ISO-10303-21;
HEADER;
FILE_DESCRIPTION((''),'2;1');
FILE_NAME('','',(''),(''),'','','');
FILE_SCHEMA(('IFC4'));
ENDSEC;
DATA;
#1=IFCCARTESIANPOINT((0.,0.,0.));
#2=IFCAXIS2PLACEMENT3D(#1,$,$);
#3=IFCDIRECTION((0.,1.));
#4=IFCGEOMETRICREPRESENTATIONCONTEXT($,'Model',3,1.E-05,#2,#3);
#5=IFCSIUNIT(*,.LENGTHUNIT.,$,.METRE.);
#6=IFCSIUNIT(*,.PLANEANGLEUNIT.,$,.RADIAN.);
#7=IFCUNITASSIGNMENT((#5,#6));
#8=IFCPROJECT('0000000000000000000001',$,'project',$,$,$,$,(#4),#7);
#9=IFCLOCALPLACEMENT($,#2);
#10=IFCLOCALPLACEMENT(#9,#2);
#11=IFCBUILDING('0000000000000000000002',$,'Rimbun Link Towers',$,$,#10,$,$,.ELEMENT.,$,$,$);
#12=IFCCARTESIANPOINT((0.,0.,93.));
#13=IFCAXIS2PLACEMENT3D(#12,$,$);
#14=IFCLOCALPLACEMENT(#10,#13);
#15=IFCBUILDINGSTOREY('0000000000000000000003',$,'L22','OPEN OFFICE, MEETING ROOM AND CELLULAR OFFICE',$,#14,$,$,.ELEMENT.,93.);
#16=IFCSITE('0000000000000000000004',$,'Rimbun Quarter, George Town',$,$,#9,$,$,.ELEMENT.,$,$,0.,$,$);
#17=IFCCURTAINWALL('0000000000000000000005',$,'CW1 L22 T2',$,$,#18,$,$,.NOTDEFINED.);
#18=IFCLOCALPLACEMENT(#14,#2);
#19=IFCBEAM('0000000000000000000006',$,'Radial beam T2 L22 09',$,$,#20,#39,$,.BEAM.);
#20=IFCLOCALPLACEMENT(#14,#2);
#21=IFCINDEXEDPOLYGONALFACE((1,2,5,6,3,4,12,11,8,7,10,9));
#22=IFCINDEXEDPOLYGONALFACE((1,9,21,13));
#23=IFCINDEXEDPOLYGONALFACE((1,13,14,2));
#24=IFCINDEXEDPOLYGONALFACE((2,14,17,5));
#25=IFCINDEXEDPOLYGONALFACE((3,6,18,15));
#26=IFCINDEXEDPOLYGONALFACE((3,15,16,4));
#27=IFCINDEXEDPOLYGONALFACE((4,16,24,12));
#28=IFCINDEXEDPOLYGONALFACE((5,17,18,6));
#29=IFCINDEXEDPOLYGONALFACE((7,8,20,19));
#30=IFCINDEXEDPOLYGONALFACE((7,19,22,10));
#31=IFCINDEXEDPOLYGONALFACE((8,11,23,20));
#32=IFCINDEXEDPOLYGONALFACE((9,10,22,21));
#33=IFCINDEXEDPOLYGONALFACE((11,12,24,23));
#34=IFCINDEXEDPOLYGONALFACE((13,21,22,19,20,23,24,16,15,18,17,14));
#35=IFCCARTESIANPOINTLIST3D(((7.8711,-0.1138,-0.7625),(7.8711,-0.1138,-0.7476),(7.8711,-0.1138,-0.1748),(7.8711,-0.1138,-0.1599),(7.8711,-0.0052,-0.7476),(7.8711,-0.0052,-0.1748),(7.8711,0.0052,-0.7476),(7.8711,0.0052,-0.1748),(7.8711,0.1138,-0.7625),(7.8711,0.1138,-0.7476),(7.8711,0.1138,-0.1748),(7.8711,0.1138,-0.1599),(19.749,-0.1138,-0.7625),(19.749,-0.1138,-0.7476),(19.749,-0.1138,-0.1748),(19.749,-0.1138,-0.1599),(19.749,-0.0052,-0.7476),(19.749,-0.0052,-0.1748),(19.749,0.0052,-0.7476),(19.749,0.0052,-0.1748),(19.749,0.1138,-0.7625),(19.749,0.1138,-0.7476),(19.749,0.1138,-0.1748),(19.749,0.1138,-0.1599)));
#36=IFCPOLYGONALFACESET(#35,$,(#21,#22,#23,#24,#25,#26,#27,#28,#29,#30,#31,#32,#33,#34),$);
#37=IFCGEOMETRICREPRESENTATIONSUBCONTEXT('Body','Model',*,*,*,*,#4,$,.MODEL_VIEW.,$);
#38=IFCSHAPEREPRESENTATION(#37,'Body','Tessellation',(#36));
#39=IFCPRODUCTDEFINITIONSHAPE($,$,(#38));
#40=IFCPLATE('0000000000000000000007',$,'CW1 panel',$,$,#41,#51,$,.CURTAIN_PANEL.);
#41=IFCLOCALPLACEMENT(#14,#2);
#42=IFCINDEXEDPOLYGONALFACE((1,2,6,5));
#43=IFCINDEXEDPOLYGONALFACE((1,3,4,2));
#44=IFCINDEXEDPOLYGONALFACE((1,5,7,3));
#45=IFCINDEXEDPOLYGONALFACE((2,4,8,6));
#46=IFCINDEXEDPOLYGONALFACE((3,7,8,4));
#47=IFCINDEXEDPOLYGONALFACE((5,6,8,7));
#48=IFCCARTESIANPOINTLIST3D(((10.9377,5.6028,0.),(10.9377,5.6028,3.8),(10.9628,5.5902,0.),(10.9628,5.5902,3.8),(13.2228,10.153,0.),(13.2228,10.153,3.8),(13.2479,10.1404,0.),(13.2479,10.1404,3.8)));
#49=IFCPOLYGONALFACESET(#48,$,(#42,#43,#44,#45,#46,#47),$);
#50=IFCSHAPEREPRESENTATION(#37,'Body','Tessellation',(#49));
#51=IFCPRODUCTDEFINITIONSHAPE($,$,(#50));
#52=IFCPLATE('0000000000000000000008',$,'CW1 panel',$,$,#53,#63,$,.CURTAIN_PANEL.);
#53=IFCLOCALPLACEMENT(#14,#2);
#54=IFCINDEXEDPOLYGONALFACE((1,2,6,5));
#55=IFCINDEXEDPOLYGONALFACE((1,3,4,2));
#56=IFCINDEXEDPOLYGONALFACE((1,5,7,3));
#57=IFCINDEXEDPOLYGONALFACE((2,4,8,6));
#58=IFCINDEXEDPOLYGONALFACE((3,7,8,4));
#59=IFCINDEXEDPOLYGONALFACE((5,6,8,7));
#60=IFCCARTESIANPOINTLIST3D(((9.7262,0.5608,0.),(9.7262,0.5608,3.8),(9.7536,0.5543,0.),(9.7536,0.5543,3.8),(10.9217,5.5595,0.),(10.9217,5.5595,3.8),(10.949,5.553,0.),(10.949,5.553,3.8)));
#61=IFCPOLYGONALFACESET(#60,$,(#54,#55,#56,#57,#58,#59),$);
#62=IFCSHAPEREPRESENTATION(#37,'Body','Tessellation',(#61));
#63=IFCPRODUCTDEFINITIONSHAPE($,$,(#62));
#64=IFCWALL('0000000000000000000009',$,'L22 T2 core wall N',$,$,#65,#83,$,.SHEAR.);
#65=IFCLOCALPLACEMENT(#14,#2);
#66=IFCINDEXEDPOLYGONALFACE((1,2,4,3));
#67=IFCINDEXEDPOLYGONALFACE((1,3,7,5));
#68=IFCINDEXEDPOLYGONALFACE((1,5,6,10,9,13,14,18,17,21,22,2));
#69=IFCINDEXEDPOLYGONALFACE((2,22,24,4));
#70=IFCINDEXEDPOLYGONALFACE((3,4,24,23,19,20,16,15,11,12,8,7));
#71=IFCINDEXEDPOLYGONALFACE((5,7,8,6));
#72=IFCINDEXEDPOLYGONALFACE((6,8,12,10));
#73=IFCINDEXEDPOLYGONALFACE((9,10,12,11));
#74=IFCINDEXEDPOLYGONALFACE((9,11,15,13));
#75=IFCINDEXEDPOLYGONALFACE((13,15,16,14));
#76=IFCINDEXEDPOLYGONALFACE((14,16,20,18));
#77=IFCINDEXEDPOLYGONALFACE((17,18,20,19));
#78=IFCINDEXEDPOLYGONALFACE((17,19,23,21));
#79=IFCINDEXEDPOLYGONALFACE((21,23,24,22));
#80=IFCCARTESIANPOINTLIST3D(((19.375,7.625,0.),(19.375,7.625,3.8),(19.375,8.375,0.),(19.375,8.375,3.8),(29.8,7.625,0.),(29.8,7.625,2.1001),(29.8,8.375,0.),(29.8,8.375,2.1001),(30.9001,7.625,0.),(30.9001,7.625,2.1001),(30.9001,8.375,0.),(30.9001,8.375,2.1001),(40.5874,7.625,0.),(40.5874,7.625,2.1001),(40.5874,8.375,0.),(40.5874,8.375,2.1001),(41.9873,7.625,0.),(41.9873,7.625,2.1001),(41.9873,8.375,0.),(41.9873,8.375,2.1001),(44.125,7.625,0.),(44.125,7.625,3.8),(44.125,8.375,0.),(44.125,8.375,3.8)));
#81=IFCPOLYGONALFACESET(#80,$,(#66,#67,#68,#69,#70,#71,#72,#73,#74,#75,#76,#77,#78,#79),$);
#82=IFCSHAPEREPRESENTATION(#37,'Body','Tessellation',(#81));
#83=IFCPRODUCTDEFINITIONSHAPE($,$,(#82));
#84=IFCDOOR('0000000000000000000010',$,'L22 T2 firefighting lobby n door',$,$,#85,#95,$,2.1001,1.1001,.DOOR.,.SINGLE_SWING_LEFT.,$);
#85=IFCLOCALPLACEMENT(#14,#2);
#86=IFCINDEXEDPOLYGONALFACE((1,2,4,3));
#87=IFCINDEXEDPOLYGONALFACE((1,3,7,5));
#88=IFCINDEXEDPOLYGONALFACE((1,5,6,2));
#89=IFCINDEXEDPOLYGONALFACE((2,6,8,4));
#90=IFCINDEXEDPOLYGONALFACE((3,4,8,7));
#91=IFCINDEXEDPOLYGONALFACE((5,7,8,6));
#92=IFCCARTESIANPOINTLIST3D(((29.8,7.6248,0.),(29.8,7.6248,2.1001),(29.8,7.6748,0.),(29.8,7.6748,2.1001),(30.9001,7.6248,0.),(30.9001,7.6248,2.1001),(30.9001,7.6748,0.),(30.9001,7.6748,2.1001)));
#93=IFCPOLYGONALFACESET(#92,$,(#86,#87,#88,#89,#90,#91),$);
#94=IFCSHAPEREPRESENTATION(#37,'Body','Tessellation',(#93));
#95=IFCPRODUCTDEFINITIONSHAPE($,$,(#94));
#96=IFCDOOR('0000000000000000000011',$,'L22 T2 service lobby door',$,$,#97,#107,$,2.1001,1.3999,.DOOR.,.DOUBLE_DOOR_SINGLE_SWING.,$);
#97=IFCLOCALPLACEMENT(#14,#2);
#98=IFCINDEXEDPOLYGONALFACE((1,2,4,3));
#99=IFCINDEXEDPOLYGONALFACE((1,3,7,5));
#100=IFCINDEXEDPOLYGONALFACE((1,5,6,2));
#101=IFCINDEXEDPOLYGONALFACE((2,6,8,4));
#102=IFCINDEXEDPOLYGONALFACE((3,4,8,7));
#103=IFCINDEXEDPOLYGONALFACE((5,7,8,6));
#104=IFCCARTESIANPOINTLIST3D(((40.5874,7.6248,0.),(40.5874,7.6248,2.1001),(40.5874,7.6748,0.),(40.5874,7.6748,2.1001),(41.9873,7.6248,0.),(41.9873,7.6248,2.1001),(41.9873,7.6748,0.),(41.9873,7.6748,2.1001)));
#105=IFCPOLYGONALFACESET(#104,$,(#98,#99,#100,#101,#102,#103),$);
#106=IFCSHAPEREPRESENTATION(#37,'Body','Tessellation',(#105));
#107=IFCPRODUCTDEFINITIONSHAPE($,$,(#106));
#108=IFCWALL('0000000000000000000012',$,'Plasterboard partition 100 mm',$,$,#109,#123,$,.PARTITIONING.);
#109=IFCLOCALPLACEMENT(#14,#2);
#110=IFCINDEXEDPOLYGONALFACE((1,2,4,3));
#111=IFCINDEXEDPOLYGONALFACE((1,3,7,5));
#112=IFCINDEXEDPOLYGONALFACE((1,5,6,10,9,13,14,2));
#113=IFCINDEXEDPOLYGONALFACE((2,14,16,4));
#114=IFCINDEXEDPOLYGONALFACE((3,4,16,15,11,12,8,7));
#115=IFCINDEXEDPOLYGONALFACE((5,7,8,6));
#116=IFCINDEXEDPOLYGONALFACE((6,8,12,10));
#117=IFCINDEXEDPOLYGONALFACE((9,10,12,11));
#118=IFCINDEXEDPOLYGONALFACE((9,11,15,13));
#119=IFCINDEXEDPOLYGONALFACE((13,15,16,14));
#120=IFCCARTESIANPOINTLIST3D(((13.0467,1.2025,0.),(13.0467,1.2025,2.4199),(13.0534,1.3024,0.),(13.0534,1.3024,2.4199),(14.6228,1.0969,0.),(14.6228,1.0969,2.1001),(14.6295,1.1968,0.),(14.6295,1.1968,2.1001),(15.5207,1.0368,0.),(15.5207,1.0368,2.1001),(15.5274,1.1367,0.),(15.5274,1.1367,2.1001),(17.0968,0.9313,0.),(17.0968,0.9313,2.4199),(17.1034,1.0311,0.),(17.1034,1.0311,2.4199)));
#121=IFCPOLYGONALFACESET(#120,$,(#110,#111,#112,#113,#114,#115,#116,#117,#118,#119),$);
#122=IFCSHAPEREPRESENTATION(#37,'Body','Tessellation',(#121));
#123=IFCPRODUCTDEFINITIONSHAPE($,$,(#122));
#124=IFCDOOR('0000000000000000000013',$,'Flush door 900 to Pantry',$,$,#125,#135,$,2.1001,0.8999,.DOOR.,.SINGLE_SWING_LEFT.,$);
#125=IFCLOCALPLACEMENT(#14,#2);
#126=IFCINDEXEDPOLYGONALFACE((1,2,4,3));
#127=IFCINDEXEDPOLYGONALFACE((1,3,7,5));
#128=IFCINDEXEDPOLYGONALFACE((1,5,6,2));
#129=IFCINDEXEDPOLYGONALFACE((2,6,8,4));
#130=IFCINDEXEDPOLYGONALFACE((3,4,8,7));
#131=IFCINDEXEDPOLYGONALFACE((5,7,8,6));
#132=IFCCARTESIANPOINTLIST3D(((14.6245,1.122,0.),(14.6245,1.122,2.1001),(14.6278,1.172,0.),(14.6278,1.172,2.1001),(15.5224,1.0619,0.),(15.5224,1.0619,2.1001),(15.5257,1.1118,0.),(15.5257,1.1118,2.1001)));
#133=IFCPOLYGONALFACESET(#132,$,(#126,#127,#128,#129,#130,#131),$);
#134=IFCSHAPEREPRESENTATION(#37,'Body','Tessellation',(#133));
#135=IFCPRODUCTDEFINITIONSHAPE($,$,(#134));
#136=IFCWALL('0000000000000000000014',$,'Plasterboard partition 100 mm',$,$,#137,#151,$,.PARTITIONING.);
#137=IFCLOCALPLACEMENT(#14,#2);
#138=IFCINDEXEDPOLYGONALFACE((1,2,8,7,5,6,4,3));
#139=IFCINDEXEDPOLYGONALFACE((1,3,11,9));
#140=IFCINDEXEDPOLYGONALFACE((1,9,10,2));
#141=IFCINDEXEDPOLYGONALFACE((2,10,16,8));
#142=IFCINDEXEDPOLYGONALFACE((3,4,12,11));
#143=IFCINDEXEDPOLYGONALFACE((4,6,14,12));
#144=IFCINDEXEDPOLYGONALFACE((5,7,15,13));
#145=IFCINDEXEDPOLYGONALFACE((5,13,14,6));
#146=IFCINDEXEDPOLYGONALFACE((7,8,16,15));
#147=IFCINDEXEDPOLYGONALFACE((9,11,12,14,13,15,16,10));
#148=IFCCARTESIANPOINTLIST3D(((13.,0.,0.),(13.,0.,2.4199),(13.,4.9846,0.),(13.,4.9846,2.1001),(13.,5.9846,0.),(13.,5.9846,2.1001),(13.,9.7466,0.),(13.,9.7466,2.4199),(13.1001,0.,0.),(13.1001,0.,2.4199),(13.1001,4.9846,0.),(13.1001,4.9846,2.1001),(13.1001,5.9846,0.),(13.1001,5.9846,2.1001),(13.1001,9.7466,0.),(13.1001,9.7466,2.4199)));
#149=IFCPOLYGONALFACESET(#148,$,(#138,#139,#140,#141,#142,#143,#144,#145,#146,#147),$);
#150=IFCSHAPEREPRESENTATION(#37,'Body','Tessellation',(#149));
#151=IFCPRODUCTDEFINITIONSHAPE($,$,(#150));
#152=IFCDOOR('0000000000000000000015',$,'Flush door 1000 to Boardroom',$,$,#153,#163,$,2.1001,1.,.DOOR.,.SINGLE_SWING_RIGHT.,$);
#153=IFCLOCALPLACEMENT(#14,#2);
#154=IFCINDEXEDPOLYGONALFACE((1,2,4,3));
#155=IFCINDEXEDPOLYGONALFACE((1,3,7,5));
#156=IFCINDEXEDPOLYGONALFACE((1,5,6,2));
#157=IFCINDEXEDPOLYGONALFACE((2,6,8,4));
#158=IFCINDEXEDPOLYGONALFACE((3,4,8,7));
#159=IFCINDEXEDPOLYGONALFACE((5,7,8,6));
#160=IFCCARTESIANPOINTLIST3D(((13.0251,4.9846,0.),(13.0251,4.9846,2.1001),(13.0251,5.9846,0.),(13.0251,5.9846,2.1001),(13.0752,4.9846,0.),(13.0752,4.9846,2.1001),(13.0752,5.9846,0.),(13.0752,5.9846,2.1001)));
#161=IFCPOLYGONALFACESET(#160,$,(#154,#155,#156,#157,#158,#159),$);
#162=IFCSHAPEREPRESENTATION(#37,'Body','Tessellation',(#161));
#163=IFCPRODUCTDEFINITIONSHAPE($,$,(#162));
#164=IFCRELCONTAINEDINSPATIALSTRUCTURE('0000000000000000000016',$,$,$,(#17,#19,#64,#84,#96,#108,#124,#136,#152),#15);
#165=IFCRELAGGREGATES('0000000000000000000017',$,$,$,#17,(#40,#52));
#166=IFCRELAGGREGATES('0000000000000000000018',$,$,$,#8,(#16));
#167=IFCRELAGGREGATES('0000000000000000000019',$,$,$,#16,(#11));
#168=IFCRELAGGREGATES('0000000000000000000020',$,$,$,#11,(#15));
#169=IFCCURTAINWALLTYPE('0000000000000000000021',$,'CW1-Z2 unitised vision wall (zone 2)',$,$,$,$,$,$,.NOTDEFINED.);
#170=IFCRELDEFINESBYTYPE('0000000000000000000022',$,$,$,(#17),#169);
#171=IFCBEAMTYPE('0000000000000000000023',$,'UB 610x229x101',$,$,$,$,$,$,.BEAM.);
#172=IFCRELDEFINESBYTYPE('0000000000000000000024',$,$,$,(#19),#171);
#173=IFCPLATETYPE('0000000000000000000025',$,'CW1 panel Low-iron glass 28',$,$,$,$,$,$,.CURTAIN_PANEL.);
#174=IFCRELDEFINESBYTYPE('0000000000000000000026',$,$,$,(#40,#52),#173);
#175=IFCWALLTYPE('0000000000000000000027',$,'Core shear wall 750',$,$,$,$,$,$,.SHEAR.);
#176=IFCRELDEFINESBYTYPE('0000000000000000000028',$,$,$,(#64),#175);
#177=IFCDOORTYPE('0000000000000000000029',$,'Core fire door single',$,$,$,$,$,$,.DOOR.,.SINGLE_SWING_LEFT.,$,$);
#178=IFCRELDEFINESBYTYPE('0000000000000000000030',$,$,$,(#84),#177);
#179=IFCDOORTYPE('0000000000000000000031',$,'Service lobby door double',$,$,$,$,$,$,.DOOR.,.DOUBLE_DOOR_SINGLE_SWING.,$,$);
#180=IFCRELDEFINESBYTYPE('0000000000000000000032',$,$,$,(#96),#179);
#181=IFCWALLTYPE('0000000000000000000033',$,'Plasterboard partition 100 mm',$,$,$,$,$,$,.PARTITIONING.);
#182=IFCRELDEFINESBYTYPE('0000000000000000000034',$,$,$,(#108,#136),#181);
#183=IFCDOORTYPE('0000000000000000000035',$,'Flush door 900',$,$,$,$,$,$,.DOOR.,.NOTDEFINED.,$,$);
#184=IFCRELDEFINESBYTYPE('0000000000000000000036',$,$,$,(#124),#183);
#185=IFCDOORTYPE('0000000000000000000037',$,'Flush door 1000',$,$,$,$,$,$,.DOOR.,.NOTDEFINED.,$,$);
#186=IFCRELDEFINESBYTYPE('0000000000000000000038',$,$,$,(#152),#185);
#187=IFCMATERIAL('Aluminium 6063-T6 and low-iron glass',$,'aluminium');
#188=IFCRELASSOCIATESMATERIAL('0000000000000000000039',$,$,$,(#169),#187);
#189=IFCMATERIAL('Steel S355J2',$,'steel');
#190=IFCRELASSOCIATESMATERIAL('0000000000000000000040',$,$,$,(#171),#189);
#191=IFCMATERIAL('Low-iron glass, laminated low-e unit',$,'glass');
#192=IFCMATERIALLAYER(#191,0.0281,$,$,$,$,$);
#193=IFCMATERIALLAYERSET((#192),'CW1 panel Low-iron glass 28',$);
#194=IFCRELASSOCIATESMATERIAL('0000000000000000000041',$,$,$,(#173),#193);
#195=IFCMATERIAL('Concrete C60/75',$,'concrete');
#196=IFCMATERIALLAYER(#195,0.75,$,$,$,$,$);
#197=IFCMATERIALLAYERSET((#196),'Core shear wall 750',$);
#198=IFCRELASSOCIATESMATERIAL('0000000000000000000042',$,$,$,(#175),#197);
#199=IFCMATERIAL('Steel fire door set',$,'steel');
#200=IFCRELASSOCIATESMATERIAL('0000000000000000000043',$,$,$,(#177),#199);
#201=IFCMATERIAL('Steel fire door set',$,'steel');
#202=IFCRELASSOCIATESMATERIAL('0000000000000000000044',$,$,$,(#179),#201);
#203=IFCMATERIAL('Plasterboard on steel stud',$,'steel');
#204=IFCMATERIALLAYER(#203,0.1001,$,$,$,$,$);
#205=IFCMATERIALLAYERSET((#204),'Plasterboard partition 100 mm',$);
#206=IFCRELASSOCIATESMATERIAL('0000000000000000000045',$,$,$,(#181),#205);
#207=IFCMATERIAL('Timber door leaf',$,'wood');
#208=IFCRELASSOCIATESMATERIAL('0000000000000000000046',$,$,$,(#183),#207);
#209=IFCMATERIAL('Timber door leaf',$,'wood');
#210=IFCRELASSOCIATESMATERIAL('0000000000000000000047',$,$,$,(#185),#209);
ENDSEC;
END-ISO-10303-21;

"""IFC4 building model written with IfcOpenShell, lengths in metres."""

from ifc_helpers import new_model, si_unit, direction, frame, frame_2d, origin, origin_2d, place, context, subcontext, project, spatial, rectangle, i_section, extrude, material, layer, layer_set, material_profile, profile_set, type_object, element, fill, aggregate, save


model = new_model("IFC4")

# Units and contexts
model_context = context("Model", 3, precision=1e-05, world=origin(), true_north=direction((0.0, 1.0)))
body_context = subcontext(model_context, "Body", "Model", "MODEL_VIEW")
ifc_project = project(units=[si_unit("LENGTHUNIT", "METRE"), si_unit("PLANEANGLEUNIT", "RADIAN")], contexts=[model_context])

# Site, building, storey
site_placement = place(None, origin())
site = spatial("IfcSite", under=ifc_project, at=site_placement, Name="Rimbun Quarter, George Town", CompositionType="ELEMENT", RefElevation=0.0)
building_placement = place(site_placement, origin())
building = spatial("IfcBuilding", under=site, at=building_placement, Name="Rimbun Link Towers", CompositionType="ELEMENT")
storey_placement = place(building_placement, frame((0.0, 0.0, 93.0)))
storey = spatial("IfcBuildingStorey", under=building, at=storey_placement, Name="L22", Description="OPEN OFFICE, MEETING ROOM AND CELLULAR OFFICE", CompositionType="ELEMENT", Elevation=93.0)

# Curtain wall
ifc_material_1 = material(Name="Aluminium 6063-T6 and low-iron glass", Category="aluminium")
curtain_wall_type = type_object("IfcCurtainWallType", Name="CW1-Z2 unitised vision wall (zone 2)", PredefinedType="NOTDEFINED", material=ifc_material_1)
curtain_wall_placement = place(storey_placement, origin())
curtain_wall = element("IfcCurtainWall", 1, at=curtain_wall_placement, inside=storey, type_object=curtain_wall_type, Name="CW1 L22 T2", PredefinedType="NOTDEFINED")

# Beam
ifc_material_2 = material(Name="Steel S355J2", Category="steel")
ifc_material_profile_1 = material_profile(ifc_material_2, i_section(OverallWidth=0.2275, OverallDepth=0.6025, WebThickness=0.0105, FlangeThickness=0.0149, at=origin_2d()), Name="UB 610x229x101")
ifc_profile_set_1 = profile_set([ifc_material_profile_1], Name="Steel S355J2")
beam_type_1 = type_object("IfcBeamType", Name="UB 610x229x101", PredefinedType="BEAM", material=ifc_profile_set_1)
beam_1_placement = place(storey_placement, frame((19.749, 0.0, -0.4612), z_axis=(-1.0, 0.0, 0.0), x_axis=(0.0, -1.0, 0.0)))
element("IfcBeam", 2, at=beam_1_placement, inside=storey, type_object=beam_type_1, Name="Radial beam T2 L22 09", PredefinedType="BEAM", context=body_context, shape_type="SweptSolid", body=[
    extrude(i_section(OverallWidth=0.2275, OverallDepth=0.6025, WebThickness=0.0105, FlangeThickness=0.0149, at=origin_2d()), origin(), (0.0, 0.0, 1.0), 11.8779),
])

# Plates
ifc_material_3 = material(Name="Low-iron glass, laminated low-e unit", Category="glass")
ifc_layer_1 = layer(ifc_material_3, 0.0281)
ifc_layer_set_1 = layer_set([ifc_layer_1], Name="CW1 panel Low-iron glass 28")
plate_type = type_object("IfcPlateType", Name="CW1 panel Low-iron glass 28", PredefinedType="CURTAIN_PANEL", material=ifc_layer_set_1)
plate_1_placement = place(storey_placement, frame((12.0928, 7.8716, 0.0), z_axis=(0.0, 0.0, 1.0), x_axis=(0.448782, 0.893641, 0.0)))
plate_1 = element("IfcPlate", 3, at=plate_1_placement, type_object=plate_type, Name="CW1 panel", PredefinedType="CURTAIN_PANEL", context=body_context, shape_type="SweptSolid", body=[
    extrude(rectangle(XDim=5.0918, YDim=0.0281, at=origin_2d()), origin(), (0.0, 0.0, 1.0), 3.8),
])
plate_2_placement = place(storey_placement, frame((10.3376, 3.0569, 0.0), z_axis=(0.0, 0.0, 1.0), x_axis=(0.232601, 0.972572, 0.0)))
plate_2 = element("IfcPlate", 4, at=plate_2_placement, type_object=plate_type, Name="CW1 panel", PredefinedType="CURTAIN_PANEL", context=body_context, shape_type="SweptSolid", body=[
    extrude(rectangle(XDim=5.1396, YDim=0.0281, at=origin_2d()), origin(), (0.0, 0.0, 1.0), 3.8),
])
aggregate(curtain_wall, [plate_1, plate_2])

# Wall, openings, doors
ifc_material_4 = material(Name="Concrete C60/75", Category="concrete")
ifc_layer_2 = layer(ifc_material_4, 0.75)
ifc_layer_set_2 = layer_set([ifc_layer_2], Name="Core shear wall 750")
wall_type_1 = type_object("IfcWallType", Name="Core shear wall 750", PredefinedType="SHEAR", material=ifc_layer_set_2)
wall_1_placement = place(storey_placement, frame((19.375, 8.0, 0.0), z_axis=(0.0, 0.0, 1.0), x_axis=(1.0, 0.0, 0.0)))
wall_1 = element("IfcWall", 5, at=wall_1_placement, inside=storey, type_object=wall_type_1, Name="L22 T2 core wall N", PredefinedType="SHEAR", context=body_context, shape_type="SweptSolid", body=[
    extrude(rectangle(XDim=24.75, YDim=0.75, at=frame_2d((12.375, 0.0))), origin(), (0.0, 0.0, 1.0), 3.8),
])
opening_1_placement = place(wall_1_placement, frame((10.425, 0.0, 0.0)))
opening_1 = element("IfcOpeningElement", 6, at=opening_1_placement, cuts=wall_1, PredefinedType="OPENING", context=body_context, shape_type="SweptSolid", body=[
    extrude(rectangle(XDim=1.1001, YDim=2.1001, at=frame_2d((0.55, 1.05))), frame((0.0, 0.385, 0.0), z_axis=(0.0, -1.0, 0.0), x_axis=(1.0, 0.0, 0.0)), (0.0, 0.0, 1.0), 0.77),
])
opening_2_placement = place(wall_1_placement, frame((21.2124, 0.0, 0.0)))
opening_2 = element("IfcOpeningElement", 7, at=opening_2_placement, cuts=wall_1, PredefinedType="OPENING", context=body_context, shape_type="SweptSolid", body=[
    extrude(rectangle(XDim=1.3999, YDim=2.1001, at=frame_2d((0.7, 1.05))), frame((0.0, 0.385, 0.0), z_axis=(0.0, -1.0, 0.0), x_axis=(1.0, 0.0, 0.0)), (0.0, 0.0, 1.0), 0.77),
])
ifc_material_5 = material(Name="Steel fire door set", Category="steel")
door_type_1 = type_object("IfcDoorType", Name="Core fire door single", OperationType="SINGLE_SWING_LEFT", PredefinedType="DOOR", material=ifc_material_5)
door_1_placement = place(opening_1_placement, origin())
door_1 = element("IfcDoor", 8, at=door_1_placement, inside=storey, type_object=door_type_1, Name="L22 T2 firefighting lobby n door", OperationType="SINGLE_SWING_LEFT", OverallHeight=2.1001, OverallWidth=1.1001, PredefinedType="DOOR", context=body_context, shape_type="SweptSolid", body=[
    extrude(rectangle(XDim=1.1001, YDim=2.1001, at=frame_2d((0.55, 1.05))), frame((0.0, -0.3252, 0.0), z_axis=(0.0, -1.0, 0.0), x_axis=(1.0, 0.0, 0.0)), (0.0, 0.0, 1.0), 0.05),
])
fill(opening_1, door_1)
ifc_material_6 = material(Name="Steel fire door set", Category="steel")
door_type_2 = type_object("IfcDoorType", Name="Service lobby door double", OperationType="DOUBLE_DOOR_SINGLE_SWING", PredefinedType="DOOR", material=ifc_material_6)
door_2_placement = place(opening_2_placement, origin())
door_2 = element("IfcDoor", 9, at=door_2_placement, inside=storey, type_object=door_type_2, Name="L22 T2 service lobby door", OperationType="DOUBLE_DOOR_SINGLE_SWING", OverallHeight=2.1001, OverallWidth=1.3999, PredefinedType="DOOR", context=body_context, shape_type="SweptSolid", body=[
    extrude(rectangle(XDim=1.3999, YDim=2.1001, at=frame_2d((0.7, 1.05))), frame((0.0, -0.3252, 0.0), z_axis=(0.0, -1.0, 0.0), x_axis=(1.0, 0.0, 0.0)), (0.0, 0.0, 1.0), 0.05),
])
fill(opening_2, door_2)

# Walls, openings, doors
ifc_material_7 = material(Name="Plasterboard on steel stud", Category="steel")
ifc_layer_3 = layer(ifc_material_7, 0.1001)
ifc_layer_set_3 = layer_set([ifc_layer_3], Name="Plasterboard partition 100 mm")
wall_type_2 = type_object("IfcWallType", Name="Plasterboard partition 100 mm", PredefinedType="PARTITIONING", material=ifc_layer_set_3)
wall_2_placement = place(storey_placement, frame((17.1001, 0.9812, 0.0), z_axis=(0.0, 0.0, 1.0), x_axis=(-0.997765, 0.066822, 0.0)))
wall_2 = element("IfcWall", 10, at=wall_2_placement, inside=storey, type_object=wall_type_2, Name="Plasterboard partition 100 mm", PredefinedType="PARTITIONING", context=body_context, shape_type="SweptSolid", body=[
    extrude(rectangle(XDim=4.0591, YDim=0.1001, at=frame_2d((2.0295, 0.0))), origin(), (0.0, 0.0, 1.0), 2.4199),
])
opening_3_placement = place(wall_2_placement, frame((1.5796, 0.0, 0.0)))
opening_3 = element("IfcOpeningElement", 11, at=opening_3_placement, cuts=wall_2, PredefinedType="OPENING", context=body_context, shape_type="SweptSolid", body=[
    extrude(rectangle(XDim=0.8999, YDim=2.1001, at=frame_2d((0.45, 1.05))), frame((0.0, 0.0601, 0.0), z_axis=(0.0, -1.0, 0.0), x_axis=(1.0, 0.0, 0.0)), (0.0, 0.0, 1.0), 0.1201),
])
ifc_material_8 = material(Name="Timber door leaf", Category="wood")
door_type_3 = type_object("IfcDoorType", Name="Flush door 900", OperationType="NOTDEFINED", PredefinedType="DOOR", material=ifc_material_8)
door_3_placement = place(opening_3_placement, origin())
door_3 = element("IfcDoor", 12, at=door_3_placement, inside=storey, type_object=door_type_3, Name="Flush door 900 to Pantry", OperationType="SINGLE_SWING_LEFT", OverallHeight=2.1001, OverallWidth=0.8999, PredefinedType="DOOR", context=body_context, shape_type="SweptSolid", body=[
    extrude(rectangle(XDim=0.8999, YDim=2.1001, at=frame_2d((0.45, 1.05))), frame((0.0, 0.0249, 0.0), z_axis=(0.0, -1.0, 0.0), x_axis=(1.0, 0.0, 0.0)), (0.0, 0.0, 1.0), 0.05),
])
fill(opening_3, door_3)
wall_3_placement = place(storey_placement, frame((13.05, 0.0, 0.0), z_axis=(0.0, 0.0, 1.0), x_axis=(0.0, 1.0, 0.0)))
wall_3 = element("IfcWall", 13, at=wall_3_placement, inside=storey, type_object=wall_type_2, Name="Plasterboard partition 100 mm", PredefinedType="PARTITIONING", context=body_context, shape_type="SweptSolid", body=[
    extrude(rectangle(XDim=9.7466, YDim=0.1001, at=frame_2d((4.8733, 0.0))), origin(), (0.0, 0.0, 1.0), 2.4199),
])
opening_4_placement = place(wall_3_placement, frame((4.9846, 0.0, 0.0)))
opening_4 = element("IfcOpeningElement", 14, at=opening_4_placement, cuts=wall_3, PredefinedType="OPENING", context=body_context, shape_type="SweptSolid", body=[
    extrude(rectangle(XDim=1.0, YDim=2.1001, at=frame_2d((0.5, 1.05))), frame((0.0, 0.0601, 0.0), z_axis=(0.0, -1.0, 0.0), x_axis=(1.0, 0.0, 0.0)), (0.0, 0.0, 1.0), 0.1201),
])
ifc_material_9 = material(Name="Timber door leaf", Category="wood")
door_type_4 = type_object("IfcDoorType", Name="Flush door 1000", OperationType="NOTDEFINED", PredefinedType="DOOR", material=ifc_material_9)
door_4_placement = place(opening_4_placement, origin())
door_4 = element("IfcDoor", 15, at=door_4_placement, inside=storey, type_object=door_type_4, Name="Flush door 1000 to Boardroom", OperationType="SINGLE_SWING_RIGHT", OverallHeight=2.1001, OverallWidth=1.0, PredefinedType="DOOR", context=body_context, shape_type="SweptSolid", body=[
    extrude(rectangle(XDim=1.0, YDim=2.1001, at=frame_2d((0.5, 1.05))), frame((0.0, 0.0249, 0.0), z_axis=(0.0, -1.0, 0.0), x_axis=(1.0, 0.0, 0.0)), (0.0, 0.0, 1.0), 0.05),
])
fill(opening_4, door_4)

save(model, "model.ifc")
